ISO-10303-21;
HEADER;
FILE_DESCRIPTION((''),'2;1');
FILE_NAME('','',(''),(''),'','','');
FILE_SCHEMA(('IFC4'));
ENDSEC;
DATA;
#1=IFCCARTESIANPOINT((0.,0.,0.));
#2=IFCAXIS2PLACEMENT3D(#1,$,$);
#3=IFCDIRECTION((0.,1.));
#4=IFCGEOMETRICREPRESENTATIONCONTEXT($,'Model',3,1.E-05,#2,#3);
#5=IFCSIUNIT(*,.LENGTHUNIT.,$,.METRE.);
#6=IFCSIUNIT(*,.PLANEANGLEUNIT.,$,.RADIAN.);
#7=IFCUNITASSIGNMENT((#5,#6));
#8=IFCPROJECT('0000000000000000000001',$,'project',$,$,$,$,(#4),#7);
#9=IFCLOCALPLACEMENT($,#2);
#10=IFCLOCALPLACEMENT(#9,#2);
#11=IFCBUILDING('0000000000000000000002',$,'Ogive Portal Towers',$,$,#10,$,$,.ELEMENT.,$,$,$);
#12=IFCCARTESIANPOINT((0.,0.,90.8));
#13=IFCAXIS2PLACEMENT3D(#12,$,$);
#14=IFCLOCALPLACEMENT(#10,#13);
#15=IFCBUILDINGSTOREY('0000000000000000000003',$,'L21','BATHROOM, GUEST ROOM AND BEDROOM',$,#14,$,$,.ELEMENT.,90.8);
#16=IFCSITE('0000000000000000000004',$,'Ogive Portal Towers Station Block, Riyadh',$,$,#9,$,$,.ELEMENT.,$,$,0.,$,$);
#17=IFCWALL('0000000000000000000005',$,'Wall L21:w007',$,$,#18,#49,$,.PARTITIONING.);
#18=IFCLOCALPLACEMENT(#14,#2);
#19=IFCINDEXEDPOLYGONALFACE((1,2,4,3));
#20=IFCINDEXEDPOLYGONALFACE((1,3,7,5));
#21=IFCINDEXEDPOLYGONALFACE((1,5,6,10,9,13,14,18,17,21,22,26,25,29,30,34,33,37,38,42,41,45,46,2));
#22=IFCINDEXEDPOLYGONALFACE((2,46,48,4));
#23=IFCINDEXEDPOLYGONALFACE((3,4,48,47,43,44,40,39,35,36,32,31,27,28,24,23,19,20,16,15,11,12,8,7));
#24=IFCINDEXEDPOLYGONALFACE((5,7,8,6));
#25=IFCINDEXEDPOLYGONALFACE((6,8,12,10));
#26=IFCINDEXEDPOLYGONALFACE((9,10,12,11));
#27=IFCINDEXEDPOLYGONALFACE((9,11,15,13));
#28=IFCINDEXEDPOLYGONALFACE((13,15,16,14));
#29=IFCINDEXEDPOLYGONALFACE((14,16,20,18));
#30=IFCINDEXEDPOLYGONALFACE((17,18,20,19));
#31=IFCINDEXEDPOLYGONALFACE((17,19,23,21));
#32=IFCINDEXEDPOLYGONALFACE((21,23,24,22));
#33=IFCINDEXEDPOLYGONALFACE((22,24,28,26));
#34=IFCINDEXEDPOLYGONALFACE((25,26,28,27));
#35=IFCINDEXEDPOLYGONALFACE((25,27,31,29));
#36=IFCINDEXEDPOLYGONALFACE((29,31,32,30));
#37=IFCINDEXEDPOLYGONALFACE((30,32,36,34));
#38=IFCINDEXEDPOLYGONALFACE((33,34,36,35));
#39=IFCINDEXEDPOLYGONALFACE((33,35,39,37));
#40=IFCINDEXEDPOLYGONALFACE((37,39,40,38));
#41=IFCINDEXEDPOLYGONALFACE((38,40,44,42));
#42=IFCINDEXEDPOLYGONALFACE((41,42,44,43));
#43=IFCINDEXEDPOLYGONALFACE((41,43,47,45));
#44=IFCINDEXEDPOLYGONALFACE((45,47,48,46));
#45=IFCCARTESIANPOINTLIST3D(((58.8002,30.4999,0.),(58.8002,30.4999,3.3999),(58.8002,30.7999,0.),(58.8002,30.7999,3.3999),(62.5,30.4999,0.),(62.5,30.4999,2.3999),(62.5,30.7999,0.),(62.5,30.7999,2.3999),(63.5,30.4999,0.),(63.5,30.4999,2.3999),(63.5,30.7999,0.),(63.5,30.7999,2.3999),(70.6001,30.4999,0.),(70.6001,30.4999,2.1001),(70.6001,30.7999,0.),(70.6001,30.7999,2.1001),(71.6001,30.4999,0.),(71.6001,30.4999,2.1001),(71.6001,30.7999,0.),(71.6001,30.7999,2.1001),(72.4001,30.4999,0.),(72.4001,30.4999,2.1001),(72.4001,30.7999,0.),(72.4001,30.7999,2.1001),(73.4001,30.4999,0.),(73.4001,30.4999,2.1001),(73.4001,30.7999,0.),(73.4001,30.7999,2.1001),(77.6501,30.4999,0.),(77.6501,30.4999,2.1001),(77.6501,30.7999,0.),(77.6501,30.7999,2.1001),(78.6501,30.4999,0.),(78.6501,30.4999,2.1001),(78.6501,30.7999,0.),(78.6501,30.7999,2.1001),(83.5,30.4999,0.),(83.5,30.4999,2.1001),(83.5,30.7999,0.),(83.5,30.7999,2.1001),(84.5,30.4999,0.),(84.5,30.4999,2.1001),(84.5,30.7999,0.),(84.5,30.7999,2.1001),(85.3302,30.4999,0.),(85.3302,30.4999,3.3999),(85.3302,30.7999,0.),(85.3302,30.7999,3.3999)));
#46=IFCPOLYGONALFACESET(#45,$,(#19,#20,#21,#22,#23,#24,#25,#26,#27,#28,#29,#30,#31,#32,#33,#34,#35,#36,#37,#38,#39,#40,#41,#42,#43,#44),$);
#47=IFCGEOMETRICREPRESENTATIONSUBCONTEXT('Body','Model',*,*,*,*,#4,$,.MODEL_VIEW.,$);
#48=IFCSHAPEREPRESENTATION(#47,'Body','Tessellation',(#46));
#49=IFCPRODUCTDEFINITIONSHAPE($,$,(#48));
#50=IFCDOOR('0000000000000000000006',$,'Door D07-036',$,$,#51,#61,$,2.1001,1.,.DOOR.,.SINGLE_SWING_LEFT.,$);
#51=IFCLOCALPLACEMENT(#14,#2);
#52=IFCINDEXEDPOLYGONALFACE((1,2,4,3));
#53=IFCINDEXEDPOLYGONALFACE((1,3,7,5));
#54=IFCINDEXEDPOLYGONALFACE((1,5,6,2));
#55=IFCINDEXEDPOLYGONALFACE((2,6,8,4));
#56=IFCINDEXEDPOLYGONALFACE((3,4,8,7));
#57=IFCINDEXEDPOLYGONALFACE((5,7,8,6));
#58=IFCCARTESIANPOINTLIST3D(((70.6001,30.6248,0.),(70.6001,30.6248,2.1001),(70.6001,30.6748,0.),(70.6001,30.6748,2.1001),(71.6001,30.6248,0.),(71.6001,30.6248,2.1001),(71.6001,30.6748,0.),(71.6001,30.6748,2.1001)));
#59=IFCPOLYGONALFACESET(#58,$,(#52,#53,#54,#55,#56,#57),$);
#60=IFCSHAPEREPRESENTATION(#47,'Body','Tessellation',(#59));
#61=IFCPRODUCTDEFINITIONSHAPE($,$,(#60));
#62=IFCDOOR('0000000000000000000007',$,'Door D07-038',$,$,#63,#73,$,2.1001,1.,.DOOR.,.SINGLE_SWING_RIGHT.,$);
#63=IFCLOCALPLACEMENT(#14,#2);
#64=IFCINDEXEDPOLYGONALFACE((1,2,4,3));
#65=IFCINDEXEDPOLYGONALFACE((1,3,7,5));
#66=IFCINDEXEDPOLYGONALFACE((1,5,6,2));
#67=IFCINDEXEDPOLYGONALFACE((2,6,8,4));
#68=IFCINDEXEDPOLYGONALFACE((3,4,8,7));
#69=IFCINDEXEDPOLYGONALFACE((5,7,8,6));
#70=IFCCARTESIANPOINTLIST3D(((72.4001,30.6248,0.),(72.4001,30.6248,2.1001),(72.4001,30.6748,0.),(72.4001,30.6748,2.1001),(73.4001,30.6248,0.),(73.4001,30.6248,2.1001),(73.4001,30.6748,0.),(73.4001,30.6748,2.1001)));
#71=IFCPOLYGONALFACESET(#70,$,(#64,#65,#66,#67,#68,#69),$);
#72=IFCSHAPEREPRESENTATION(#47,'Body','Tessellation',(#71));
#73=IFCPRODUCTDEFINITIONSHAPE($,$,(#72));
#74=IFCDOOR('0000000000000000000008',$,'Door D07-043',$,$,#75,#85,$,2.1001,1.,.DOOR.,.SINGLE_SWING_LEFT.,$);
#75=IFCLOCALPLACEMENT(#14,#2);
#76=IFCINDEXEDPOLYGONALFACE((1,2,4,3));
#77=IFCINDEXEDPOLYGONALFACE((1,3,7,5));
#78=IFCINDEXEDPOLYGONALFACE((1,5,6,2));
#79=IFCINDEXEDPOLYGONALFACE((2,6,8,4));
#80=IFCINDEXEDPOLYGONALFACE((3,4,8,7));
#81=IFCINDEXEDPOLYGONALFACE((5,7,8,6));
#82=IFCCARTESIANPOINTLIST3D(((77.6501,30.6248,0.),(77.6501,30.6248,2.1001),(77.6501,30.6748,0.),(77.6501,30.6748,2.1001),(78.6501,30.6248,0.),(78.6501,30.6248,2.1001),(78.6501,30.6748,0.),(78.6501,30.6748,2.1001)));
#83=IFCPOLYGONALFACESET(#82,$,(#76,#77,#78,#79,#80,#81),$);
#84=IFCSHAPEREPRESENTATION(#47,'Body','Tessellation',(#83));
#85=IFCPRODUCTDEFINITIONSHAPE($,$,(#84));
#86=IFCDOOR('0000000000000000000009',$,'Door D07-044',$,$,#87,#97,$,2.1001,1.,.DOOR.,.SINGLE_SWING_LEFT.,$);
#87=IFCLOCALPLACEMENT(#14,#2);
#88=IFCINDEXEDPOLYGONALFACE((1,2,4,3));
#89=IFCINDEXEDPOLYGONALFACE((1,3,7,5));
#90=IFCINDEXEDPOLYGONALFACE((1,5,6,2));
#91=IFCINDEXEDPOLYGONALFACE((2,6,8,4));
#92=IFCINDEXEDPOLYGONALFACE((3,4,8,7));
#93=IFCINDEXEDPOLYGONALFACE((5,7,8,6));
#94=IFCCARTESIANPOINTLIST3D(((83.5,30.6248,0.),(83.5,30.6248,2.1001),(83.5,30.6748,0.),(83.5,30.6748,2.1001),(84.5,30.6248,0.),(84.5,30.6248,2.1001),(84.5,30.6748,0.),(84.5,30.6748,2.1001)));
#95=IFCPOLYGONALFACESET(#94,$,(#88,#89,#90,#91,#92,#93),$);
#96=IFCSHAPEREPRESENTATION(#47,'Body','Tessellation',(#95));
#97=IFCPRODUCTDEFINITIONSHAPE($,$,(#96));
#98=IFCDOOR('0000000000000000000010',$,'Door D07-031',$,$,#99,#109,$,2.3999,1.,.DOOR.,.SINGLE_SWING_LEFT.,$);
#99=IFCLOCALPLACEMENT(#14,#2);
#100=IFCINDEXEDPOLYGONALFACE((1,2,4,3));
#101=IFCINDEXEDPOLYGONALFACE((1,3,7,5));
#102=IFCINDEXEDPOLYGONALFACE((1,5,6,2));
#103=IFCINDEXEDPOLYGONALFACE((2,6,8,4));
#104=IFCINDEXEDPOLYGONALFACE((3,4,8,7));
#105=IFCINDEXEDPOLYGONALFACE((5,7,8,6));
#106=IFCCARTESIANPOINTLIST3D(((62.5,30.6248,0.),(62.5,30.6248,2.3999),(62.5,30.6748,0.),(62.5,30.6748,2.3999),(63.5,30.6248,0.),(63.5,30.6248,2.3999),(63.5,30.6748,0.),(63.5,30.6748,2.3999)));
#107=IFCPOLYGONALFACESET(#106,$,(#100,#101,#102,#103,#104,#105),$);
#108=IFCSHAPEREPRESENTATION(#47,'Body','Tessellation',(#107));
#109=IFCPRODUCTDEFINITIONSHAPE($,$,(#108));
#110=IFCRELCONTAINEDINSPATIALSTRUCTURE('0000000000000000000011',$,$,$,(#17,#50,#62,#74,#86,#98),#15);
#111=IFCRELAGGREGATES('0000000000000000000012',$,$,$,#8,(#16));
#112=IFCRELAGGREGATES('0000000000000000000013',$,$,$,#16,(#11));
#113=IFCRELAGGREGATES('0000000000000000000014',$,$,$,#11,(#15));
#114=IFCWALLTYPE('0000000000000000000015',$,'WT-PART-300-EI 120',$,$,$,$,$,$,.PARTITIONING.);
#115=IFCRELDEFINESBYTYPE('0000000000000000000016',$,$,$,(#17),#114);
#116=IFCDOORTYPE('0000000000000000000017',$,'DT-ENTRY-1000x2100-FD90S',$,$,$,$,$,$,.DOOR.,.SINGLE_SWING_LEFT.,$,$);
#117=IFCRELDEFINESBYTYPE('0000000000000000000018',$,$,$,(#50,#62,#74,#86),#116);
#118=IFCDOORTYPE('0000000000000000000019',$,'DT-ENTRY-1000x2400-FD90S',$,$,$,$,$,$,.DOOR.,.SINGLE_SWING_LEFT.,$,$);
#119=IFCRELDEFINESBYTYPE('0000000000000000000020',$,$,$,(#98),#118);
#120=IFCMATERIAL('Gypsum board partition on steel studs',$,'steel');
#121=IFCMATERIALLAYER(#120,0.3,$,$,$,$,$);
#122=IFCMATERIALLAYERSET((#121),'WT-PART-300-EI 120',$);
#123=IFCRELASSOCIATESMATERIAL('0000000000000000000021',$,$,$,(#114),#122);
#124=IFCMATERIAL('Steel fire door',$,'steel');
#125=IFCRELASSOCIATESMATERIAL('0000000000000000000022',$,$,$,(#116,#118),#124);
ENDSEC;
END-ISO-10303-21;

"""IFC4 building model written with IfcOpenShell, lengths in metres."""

from ifc_helpers import new_model, si_unit, direction, frame, frame_2d, origin, place, context, subcontext, project, spatial, rectangle, extrude, material, layer, layer_set, type_object, element, fill, save


model = new_model("IFC4")

# Units and contexts
model_context = context("Model", 3, precision=1e-05, world=origin(), true_north=direction((0.0, 1.0)))
body_context = subcontext(model_context, "Body", "Model", "MODEL_VIEW")
ifc_project = project(units=[si_unit("LENGTHUNIT", "METRE"), si_unit("PLANEANGLEUNIT", "RADIAN")], contexts=[model_context])

# Site, building, storey
site_placement = place(None, origin())
site = spatial("IfcSite", under=ifc_project, at=site_placement, Name="Ogive Portal Towers Station Block, Riyadh", CompositionType="ELEMENT", RefElevation=0.0)
building_placement = place(site_placement, origin())
building = spatial("IfcBuilding", under=site, at=building_placement, Name="Ogive Portal Towers", CompositionType="ELEMENT")
storey_placement = place(building_placement, frame((0.0, 0.0, 90.8)))
storey = spatial("IfcBuildingStorey", under=building, at=storey_placement, Name="L21", Description="BATHROOM, GUEST ROOM AND BEDROOM", CompositionType="ELEMENT", Elevation=90.8)

# Wall, openings, doors
ifc_material_1 = material(Name="Gypsum board partition on steel studs", Category="steel")
ifc_layer_1 = layer(ifc_material_1, 0.3)
ifc_layer_set_1 = layer_set([ifc_layer_1], Name="WT-PART-300-EI 120")
wall_type_1 = type_object("IfcWallType", Name="WT-PART-300-EI 120", PredefinedType="PARTITIONING", material=ifc_layer_set_1)
wall_1_placement = place(storey_placement, frame((58.8, 30.6499, 0.0), z_axis=(0.0, 0.0, 1.0), x_axis=(1.0, 0.0, 0.0)))
wall_1 = element("IfcWall", 1, at=wall_1_placement, inside=storey, type_object=wall_type_1, Name="Wall L21:w007", PredefinedType="PARTITIONING", context=body_context, shape_type="SweptSolid", body=[
    extrude(rectangle(XDim=26.53, YDim=0.3, at=frame_2d((13.2651, 0.0))), origin(), (0.0, 0.0, 1.0), 3.3999),
])
opening_1_placement = place(wall_1_placement, frame((3.7, 0.0, 0.0)))
opening_1 = element("IfcOpeningElement", 2, at=opening_1_placement, cuts=wall_1, PredefinedType="OPENING", context=body_context, shape_type="SweptSolid", body=[
    extrude(rectangle(XDim=1.0, YDim=2.3999, at=frame_2d((0.5, 1.2))), frame((0.0, 0.1602, 0.0), z_axis=(0.0, -1.0, 0.0), x_axis=(1.0, 0.0, 0.0)), (0.0, 0.0, 1.0), 0.3201),
])
opening_2_placement = place(wall_1_placement, frame((11.8, 0.0, 0.0)))
opening_2 = element("IfcOpeningElement", 3, at=opening_2_placement, cuts=wall_1, PredefinedType="OPENING", context=body_context, shape_type="SweptSolid", body=[
    extrude(rectangle(XDim=1.0, YDim=2.1001, at=frame_2d((0.5, 1.05))), frame((0.0, 0.1602, 0.0), z_axis=(0.0, -1.0, 0.0), x_axis=(1.0, 0.0, 0.0)), (0.0, 0.0, 1.0), 0.3201),
])
opening_3_placement = place(wall_1_placement, frame((13.6001, 0.0, 0.0)))
opening_3 = element("IfcOpeningElement", 4, at=opening_3_placement, cuts=wall_1, PredefinedType="OPENING", context=body_context, shape_type="SweptSolid", body=[
    extrude(rectangle(XDim=1.0, YDim=2.1001, at=frame_2d((0.5, 1.05))), frame((0.0, 0.1602, 0.0), z_axis=(0.0, -1.0, 0.0), x_axis=(1.0, 0.0, 0.0)), (0.0, 0.0, 1.0), 0.3201),
])
opening_4_placement = place(wall_1_placement, frame((18.8501, 0.0, 0.0)))
opening_4 = element("IfcOpeningElement", 5, at=opening_4_placement, cuts=wall_1, PredefinedType="OPENING", context=body_context, shape_type="SweptSolid", body=[
    extrude(rectangle(XDim=1.0, YDim=2.1001, at=frame_2d((0.5, 1.05))), frame((0.0, 0.1602, 0.0), z_axis=(0.0, -1.0, 0.0), x_axis=(1.0, 0.0, 0.0)), (0.0, 0.0, 1.0), 0.3201),
])
opening_5_placement = place(wall_1_placement, frame((24.7, 0.0, 0.0)))
opening_5 = element("IfcOpeningElement", 6, at=opening_5_placement, cuts=wall_1, PredefinedType="OPENING", context=body_context, shape_type="SweptSolid", body=[
    extrude(rectangle(XDim=1.0, YDim=2.1001, at=frame_2d((0.5, 1.05))), frame((0.0, 0.1602, 0.0), z_axis=(0.0, -1.0, 0.0), x_axis=(1.0, 0.0, 0.0)), (0.0, 0.0, 1.0), 0.3201),
])
ifc_material_2 = material(Name="Steel fire door", Category="steel")
door_type_1 = type_object("IfcDoorType", Name="DT-ENTRY-1000x2100-FD90S", OperationType="SINGLE_SWING_LEFT", PredefinedType="DOOR", material=ifc_material_2)
door_1_placement = place(opening_2_placement, origin())
door_1 = element("IfcDoor", 7, at=door_1_placement, inside=storey, type_object=door_type_1, Name="Door D07-036", OperationType="SINGLE_SWING_LEFT", OverallHeight=2.1001, OverallWidth=1.0, PredefinedType="DOOR", context=body_context, shape_type="SweptSolid", body=[
    extrude(rectangle(XDim=1.0, YDim=2.1001, at=frame_2d((0.5, 1.05))), frame((0.0, 0.0249, 0.0), z_axis=(0.0, -1.0, 0.0), x_axis=(1.0, 0.0, 0.0)), (0.0, 0.0, 1.0), 0.05),
])
fill(opening_2, door_1)
door_2_placement = place(opening_3_placement, origin())
door_2 = element("IfcDoor", 8, at=door_2_placement, inside=storey, type_object=door_type_1, Name="Door D07-038", OperationType="SINGLE_SWING_RIGHT", OverallHeight=2.1001, OverallWidth=1.0, PredefinedType="DOOR", context=body_context, shape_type="SweptSolid", body=[
    extrude(rectangle(XDim=1.0, YDim=2.1001, at=frame_2d((0.5, 1.05))), frame((0.0, 0.0249, 0.0), z_axis=(0.0, -1.0, 0.0), x_axis=(1.0, 0.0, 0.0)), (0.0, 0.0, 1.0), 0.05),
])
fill(opening_3, door_2)
door_3_placement = place(opening_4_placement, origin())
door_3 = element("IfcDoor", 9, at=door_3_placement, inside=storey, type_object=door_type_1, Name="Door D07-043", OperationType="SINGLE_SWING_LEFT", OverallHeight=2.1001, OverallWidth=1.0, PredefinedType="DOOR", context=body_context, shape_type="SweptSolid", body=[
    extrude(rectangle(XDim=1.0, YDim=2.1001, at=frame_2d((0.5, 1.05))), frame((0.0, 0.0249, 0.0), z_axis=(0.0, -1.0, 0.0), x_axis=(1.0, 0.0, 0.0)), (0.0, 0.0, 1.0), 0.05),
])
fill(opening_4, door_3)
door_4_placement = place(opening_5_placement, origin())
door_4 = element("IfcDoor", 10, at=door_4_placement, inside=storey, type_object=door_type_1, Name="Door D07-044", OperationType="SINGLE_SWING_LEFT", OverallHeight=2.1001, OverallWidth=1.0, PredefinedType="DOOR", context=body_context, shape_type="SweptSolid", body=[
    extrude(rectangle(XDim=1.0, YDim=2.1001, at=frame_2d((0.5, 1.05))), frame((0.0, 0.0249, 0.0), z_axis=(0.0, -1.0, 0.0), x_axis=(1.0, 0.0, 0.0)), (0.0, 0.0, 1.0), 0.05),
])
fill(opening_5, door_4)
door_type_2 = type_object("IfcDoorType", Name="DT-ENTRY-1000x2400-FD90S", OperationType="SINGLE_SWING_LEFT", PredefinedType="DOOR", material=ifc_material_2)
door_5_placement = place(opening_1_placement, origin())
door_5 = element("IfcDoor", 11, at=door_5_placement, inside=storey, type_object=door_type_2, Name="Door D07-031", OperationType="SINGLE_SWING_LEFT", OverallHeight=2.3999, OverallWidth=1.0, PredefinedType="DOOR", context=body_context, shape_type="SweptSolid", body=[
    extrude(rectangle(XDim=1.0, YDim=2.3999, at=frame_2d((0.5, 1.2))), frame((0.0, 0.0249, 0.0), z_axis=(0.0, -1.0, 0.0), x_axis=(1.0, 0.0, 0.0)), (0.0, 0.0, 1.0), 0.05),
])
fill(opening_1, door_5)

save(model, "model.ifc")
